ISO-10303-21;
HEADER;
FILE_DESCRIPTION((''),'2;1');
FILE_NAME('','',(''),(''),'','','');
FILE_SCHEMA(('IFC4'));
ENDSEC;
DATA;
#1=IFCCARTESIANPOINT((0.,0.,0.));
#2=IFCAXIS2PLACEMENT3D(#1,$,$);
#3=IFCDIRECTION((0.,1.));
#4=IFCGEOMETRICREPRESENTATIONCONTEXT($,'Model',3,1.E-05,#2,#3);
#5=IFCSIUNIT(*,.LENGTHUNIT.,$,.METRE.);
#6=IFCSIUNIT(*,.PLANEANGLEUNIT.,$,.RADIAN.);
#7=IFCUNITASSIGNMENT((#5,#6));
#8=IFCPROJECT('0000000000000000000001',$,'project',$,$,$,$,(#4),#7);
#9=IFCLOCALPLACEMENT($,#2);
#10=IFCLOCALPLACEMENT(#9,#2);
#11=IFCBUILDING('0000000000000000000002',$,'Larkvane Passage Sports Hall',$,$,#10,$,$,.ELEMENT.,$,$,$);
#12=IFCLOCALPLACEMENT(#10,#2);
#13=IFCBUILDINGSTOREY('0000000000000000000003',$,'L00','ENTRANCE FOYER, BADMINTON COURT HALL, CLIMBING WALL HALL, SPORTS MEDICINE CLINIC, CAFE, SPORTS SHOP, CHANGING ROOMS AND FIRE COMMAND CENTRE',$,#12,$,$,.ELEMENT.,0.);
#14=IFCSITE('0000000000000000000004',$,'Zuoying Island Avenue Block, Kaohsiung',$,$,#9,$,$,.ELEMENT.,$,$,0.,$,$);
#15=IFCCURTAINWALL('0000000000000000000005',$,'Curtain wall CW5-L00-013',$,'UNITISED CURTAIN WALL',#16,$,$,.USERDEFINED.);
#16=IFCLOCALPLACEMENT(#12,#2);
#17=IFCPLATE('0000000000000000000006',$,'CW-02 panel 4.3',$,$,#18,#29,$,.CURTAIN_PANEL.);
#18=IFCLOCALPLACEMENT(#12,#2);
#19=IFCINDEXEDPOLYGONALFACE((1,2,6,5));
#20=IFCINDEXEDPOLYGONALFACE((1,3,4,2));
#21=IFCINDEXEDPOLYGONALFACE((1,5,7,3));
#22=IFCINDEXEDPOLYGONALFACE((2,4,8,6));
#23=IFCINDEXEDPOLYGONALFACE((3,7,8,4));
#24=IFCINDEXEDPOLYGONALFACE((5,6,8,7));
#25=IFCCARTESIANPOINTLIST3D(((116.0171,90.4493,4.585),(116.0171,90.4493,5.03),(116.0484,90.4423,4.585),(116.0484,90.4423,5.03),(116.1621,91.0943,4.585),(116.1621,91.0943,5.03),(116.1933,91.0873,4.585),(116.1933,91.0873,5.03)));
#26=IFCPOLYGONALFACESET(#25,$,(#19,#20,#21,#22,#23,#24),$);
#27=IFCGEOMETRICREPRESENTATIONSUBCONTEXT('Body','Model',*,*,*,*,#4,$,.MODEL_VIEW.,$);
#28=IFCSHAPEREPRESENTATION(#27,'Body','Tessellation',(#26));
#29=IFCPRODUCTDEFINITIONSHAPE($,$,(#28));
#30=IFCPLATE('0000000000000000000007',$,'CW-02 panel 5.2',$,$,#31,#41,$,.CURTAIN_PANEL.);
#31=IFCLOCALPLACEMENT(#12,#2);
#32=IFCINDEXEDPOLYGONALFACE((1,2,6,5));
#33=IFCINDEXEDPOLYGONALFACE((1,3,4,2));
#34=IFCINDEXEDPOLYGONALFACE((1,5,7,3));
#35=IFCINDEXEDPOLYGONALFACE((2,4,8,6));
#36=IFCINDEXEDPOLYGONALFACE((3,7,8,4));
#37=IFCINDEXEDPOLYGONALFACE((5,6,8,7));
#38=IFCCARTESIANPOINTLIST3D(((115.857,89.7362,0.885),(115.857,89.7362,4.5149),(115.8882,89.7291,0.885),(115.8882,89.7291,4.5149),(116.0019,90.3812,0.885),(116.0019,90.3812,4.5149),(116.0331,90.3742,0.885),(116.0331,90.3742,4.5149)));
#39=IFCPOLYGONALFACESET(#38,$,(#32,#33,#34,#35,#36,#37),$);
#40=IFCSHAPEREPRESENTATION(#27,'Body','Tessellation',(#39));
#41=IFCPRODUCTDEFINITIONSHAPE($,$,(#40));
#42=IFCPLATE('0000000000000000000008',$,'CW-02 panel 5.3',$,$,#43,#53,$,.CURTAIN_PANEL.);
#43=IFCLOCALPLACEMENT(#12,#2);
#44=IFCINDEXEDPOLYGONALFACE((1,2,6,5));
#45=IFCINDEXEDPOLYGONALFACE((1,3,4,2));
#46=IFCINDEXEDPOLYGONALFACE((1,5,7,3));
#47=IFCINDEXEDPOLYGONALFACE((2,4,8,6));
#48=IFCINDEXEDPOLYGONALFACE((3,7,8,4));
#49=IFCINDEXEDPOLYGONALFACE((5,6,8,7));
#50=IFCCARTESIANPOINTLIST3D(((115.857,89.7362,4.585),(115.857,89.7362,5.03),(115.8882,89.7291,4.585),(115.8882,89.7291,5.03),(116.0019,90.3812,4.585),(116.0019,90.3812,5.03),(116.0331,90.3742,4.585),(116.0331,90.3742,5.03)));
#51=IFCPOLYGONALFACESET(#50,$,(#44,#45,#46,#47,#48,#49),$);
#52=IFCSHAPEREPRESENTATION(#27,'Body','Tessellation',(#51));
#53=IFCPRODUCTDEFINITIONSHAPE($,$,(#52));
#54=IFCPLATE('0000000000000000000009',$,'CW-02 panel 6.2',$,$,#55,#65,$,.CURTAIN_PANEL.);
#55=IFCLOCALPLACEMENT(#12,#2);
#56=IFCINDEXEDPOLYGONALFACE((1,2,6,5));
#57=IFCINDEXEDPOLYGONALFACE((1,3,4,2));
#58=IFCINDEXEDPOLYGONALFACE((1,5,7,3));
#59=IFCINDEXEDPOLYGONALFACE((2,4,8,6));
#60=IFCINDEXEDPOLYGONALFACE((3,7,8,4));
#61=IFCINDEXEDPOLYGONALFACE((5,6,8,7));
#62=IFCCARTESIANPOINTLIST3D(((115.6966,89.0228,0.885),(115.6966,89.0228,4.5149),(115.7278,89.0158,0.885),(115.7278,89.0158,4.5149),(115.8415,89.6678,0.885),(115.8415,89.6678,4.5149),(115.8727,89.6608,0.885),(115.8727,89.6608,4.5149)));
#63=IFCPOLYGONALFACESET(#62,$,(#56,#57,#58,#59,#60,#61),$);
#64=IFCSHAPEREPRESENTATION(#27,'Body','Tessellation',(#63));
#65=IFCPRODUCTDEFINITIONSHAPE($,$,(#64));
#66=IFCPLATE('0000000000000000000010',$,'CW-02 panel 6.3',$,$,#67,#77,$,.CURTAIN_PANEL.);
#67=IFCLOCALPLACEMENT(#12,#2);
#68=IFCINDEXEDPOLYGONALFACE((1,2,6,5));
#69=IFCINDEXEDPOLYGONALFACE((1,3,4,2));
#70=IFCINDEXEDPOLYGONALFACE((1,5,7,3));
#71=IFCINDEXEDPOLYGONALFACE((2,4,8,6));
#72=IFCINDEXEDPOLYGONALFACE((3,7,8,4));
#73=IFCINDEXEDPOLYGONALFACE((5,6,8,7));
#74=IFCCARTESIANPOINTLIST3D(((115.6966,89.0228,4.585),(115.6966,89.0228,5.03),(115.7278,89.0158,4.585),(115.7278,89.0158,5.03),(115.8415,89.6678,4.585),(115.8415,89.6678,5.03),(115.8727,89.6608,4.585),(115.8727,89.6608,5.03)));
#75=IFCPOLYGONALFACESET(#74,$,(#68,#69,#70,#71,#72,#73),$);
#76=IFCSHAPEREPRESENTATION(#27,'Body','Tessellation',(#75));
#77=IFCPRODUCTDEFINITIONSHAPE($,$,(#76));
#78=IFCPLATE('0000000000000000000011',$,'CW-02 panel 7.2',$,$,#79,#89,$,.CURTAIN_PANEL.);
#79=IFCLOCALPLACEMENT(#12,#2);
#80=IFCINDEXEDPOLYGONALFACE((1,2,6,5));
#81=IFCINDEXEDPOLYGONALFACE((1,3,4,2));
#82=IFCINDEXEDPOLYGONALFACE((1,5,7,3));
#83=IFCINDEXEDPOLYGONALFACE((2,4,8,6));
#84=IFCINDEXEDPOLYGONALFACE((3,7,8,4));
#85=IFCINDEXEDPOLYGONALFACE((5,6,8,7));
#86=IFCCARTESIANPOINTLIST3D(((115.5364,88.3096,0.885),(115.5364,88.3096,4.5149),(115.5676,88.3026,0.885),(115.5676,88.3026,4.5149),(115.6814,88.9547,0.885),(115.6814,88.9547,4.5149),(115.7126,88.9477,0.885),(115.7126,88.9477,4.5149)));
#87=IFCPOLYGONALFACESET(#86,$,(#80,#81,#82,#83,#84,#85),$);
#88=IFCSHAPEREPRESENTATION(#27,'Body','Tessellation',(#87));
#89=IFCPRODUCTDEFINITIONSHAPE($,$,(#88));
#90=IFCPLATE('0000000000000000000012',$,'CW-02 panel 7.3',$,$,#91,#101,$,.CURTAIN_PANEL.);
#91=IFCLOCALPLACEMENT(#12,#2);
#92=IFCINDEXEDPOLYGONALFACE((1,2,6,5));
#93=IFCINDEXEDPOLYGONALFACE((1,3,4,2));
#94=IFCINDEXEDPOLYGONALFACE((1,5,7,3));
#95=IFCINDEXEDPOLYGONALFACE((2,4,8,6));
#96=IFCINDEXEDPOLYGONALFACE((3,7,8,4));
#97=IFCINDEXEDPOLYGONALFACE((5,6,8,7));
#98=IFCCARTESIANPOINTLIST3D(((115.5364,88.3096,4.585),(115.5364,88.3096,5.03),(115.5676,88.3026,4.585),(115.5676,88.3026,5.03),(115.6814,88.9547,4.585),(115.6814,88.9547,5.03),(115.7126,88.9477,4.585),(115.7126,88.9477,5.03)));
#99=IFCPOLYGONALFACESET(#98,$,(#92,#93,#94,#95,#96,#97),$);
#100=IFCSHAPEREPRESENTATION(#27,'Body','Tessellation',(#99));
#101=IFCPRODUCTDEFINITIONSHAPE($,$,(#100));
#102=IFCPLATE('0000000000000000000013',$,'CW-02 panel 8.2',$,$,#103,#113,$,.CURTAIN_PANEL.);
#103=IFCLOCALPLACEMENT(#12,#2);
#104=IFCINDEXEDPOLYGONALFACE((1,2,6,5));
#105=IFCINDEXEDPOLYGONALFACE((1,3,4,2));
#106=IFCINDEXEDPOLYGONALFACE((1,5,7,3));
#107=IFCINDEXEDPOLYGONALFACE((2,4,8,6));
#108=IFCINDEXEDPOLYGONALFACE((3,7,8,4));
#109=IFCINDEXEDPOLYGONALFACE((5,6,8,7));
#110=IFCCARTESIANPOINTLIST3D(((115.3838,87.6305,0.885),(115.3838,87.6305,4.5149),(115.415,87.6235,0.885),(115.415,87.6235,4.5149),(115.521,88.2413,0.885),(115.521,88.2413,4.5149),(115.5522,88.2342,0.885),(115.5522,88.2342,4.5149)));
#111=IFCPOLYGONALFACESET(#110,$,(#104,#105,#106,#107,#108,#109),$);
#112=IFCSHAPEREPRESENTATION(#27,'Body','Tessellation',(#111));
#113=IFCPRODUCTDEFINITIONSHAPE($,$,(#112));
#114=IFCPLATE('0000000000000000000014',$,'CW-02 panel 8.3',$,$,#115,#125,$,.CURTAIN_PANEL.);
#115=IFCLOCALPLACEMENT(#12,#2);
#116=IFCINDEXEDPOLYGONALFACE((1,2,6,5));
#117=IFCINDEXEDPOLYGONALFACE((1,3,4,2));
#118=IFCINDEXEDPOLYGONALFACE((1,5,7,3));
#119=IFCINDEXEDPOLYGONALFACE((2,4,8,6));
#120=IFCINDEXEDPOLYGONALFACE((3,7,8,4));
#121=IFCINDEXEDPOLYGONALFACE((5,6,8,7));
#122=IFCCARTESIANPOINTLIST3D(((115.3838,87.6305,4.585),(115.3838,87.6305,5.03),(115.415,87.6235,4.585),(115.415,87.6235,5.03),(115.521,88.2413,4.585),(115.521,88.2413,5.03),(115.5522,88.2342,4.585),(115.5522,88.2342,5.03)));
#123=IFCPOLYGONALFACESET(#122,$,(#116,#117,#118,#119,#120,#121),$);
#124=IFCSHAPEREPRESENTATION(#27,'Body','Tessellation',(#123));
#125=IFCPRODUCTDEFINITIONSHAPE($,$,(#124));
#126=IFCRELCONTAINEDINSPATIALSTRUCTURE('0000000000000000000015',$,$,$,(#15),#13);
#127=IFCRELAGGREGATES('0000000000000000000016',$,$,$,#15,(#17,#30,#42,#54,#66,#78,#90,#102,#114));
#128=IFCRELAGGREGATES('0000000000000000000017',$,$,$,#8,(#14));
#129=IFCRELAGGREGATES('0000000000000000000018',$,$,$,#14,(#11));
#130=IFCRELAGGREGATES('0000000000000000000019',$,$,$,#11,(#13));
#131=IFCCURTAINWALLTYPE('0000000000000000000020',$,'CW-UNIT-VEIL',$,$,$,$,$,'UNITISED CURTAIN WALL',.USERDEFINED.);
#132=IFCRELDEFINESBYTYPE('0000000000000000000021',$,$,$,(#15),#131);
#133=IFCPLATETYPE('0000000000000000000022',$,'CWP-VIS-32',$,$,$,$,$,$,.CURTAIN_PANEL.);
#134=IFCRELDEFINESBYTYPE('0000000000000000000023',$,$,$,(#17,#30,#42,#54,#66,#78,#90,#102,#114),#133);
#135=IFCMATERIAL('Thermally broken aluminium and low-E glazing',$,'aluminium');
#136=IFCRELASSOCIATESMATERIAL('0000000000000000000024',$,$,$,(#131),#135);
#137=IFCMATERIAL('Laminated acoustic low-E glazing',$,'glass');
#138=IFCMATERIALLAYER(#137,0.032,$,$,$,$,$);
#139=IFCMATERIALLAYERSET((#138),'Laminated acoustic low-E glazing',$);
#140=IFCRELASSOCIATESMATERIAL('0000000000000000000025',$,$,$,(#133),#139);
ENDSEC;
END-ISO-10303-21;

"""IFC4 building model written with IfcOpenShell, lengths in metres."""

from ifc_helpers import new_model, si_unit, direction, frame, origin, origin_2d, place, context, subcontext, project, spatial, rectangle, extrude, material, layer, layer_set, type_object, element, aggregate, save


model = new_model("IFC4")

# Units and contexts
model_context = context("Model", 3, precision=1e-05, world=origin(), true_north=direction((0.0, 1.0)))
body_context = subcontext(model_context, "Body", "Model", "MODEL_VIEW")
ifc_project = project(units=[si_unit("LENGTHUNIT", "METRE"), si_unit("PLANEANGLEUNIT", "RADIAN")], contexts=[model_context])

# Site, building, storey
site_placement = place(None, origin())
site = spatial("IfcSite", under=ifc_project, at=site_placement, Name="Zuoying Island Avenue Block, Kaohsiung", CompositionType="ELEMENT", RefElevation=0.0)
building_placement = place(site_placement, origin())
building = spatial("IfcBuilding", under=site, at=building_placement, Name="Larkvane Passage Sports Hall", CompositionType="ELEMENT")
storey_placement = place(building_placement, origin())
storey = spatial("IfcBuildingStorey", under=building, at=storey_placement, Name="L00", Description="ENTRANCE FOYER, BADMINTON COURT HALL, CLIMBING WALL HALL, SPORTS MEDICINE CLINIC, CAFE, SPORTS SHOP, CHANGING ROOMS AND FIRE COMMAND CENTRE", CompositionType="ELEMENT", Elevation=0.0)

# Curtain wall, plates
ifc_material_1 = material(Name="Thermally broken aluminium and low-E glazing", Category="aluminium")
curtain_wall_type = type_object("IfcCurtainWallType", Name="CW-UNIT-VEIL", ElementType="UNITISED CURTAIN WALL", PredefinedType="USERDEFINED", material=ifc_material_1)
curtain_wall_placement = place(storey_placement, origin())
curtain_wall = element("IfcCurtainWall", 1, at=curtain_wall_placement, inside=storey, type_object=curtain_wall_type, Name="Curtain wall CW5-L00-013", ObjectType="UNITISED CURTAIN WALL", PredefinedType="USERDEFINED")
ifc_material_2 = material(Name="Laminated acoustic low-E glazing", Category="glass")
ifc_layer = layer(ifc_material_2, 0.032)
ifc_layer_set = layer_set([ifc_layer], Name="Laminated acoustic low-E glazing")
plate_type = type_object("IfcPlateType", Name="CWP-VIS-32", PredefinedType="CURTAIN_PANEL", material=ifc_layer_set)
plate_1_placement = place(storey_placement, frame((116.1052, 90.7683, 4.585), z_axis=(0.0, 0.0, 1.0), x_axis=(-0.219244, -0.97567, 0.0)))
plate_1 = element("IfcPlate", 2, at=plate_1_placement, type_object=plate_type, Name="CW-02 panel 4.3", PredefinedType="CURTAIN_PANEL", context=body_context, shape_type="SweptSolid", body=[
    extrude(rectangle(XDim=0.6611, YDim=0.032, at=origin_2d()), origin(), (0.0, 0.0, 1.0), 0.4451),
])
plate_2_placement = place(storey_placement, frame((115.9451, 90.0552, 0.885), z_axis=(0.0, 0.0, 1.0), x_axis=(-0.219244, -0.97567, 0.0)))
plate_2 = element("IfcPlate", 3, at=plate_2_placement, type_object=plate_type, Name="CW-02 panel 5.2", PredefinedType="CURTAIN_PANEL", context=body_context, shape_type="SweptSolid", body=[
    extrude(rectangle(XDim=0.6611, YDim=0.032, at=origin_2d()), origin(), (0.0, 0.0, 1.0), 3.6299),
])
plate_3_placement = place(storey_placement, frame((115.9451, 90.0552, 4.585), z_axis=(0.0, 0.0, 1.0), x_axis=(-0.219244, -0.97567, 0.0)))
plate_3 = element("IfcPlate", 4, at=plate_3_placement, type_object=plate_type, Name="CW-02 panel 5.3", PredefinedType="CURTAIN_PANEL", context=body_context, shape_type="SweptSolid", body=[
    extrude(rectangle(XDim=0.6611, YDim=0.032, at=origin_2d()), origin(), (0.0, 0.0, 1.0), 0.4451),
])
plate_4_placement = place(storey_placement, frame((115.7847, 89.3418, 0.885), z_axis=(0.0, 0.0, 1.0), x_axis=(-0.219244, -0.97567, 0.0)))
plate_4 = element("IfcPlate", 5, at=plate_4_placement, type_object=plate_type, Name="CW-02 panel 6.2", PredefinedType="CURTAIN_PANEL", context=body_context, shape_type="SweptSolid", body=[
    extrude(rectangle(XDim=0.6611, YDim=0.032, at=origin_2d()), origin(), (0.0, 0.0, 1.0), 3.6299),
])
plate_5_placement = place(storey_placement, frame((115.7847, 89.3418, 4.585), z_axis=(0.0, 0.0, 1.0), x_axis=(-0.219244, -0.97567, 0.0)))
plate_5 = element("IfcPlate", 6, at=plate_5_placement, type_object=plate_type, Name="CW-02 panel 6.3", PredefinedType="CURTAIN_PANEL", context=body_context, shape_type="SweptSolid", body=[
    extrude(rectangle(XDim=0.6611, YDim=0.032, at=origin_2d()), origin(), (0.0, 0.0, 1.0), 0.4451),
])
plate_6_placement = place(storey_placement, frame((115.6245, 88.6287, 0.885), z_axis=(0.0, 0.0, 1.0), x_axis=(-0.219244, -0.97567, 0.0)))
plate_6 = element("IfcPlate", 7, at=plate_6_placement, type_object=plate_type, Name="CW-02 panel 7.2", PredefinedType="CURTAIN_PANEL", context=body_context, shape_type="SweptSolid", body=[
    extrude(rectangle(XDim=0.6611, YDim=0.032, at=origin_2d()), origin(), (0.0, 0.0, 1.0), 3.6299),
])
plate_7_placement = place(storey_placement, frame((115.6245, 88.6287, 4.585), z_axis=(0.0, 0.0, 1.0), x_axis=(-0.219244, -0.97567, 0.0)))
plate_7 = element("IfcPlate", 8, at=plate_7_placement, type_object=plate_type, Name="CW-02 panel 7.3", PredefinedType="CURTAIN_PANEL", context=body_context, shape_type="SweptSolid", body=[
    extrude(rectangle(XDim=0.6611, YDim=0.032, at=origin_2d()), origin(), (0.0, 0.0, 1.0), 0.4451),
])
plate_8_placement = place(storey_placement, frame((115.468, 87.9324, 0.885), z_axis=(0.0, 0.0, 1.0), x_axis=(-0.219244, -0.97567, 0.0)))
plate_8 = element("IfcPlate", 9, at=plate_8_placement, type_object=plate_type, Name="CW-02 panel 8.2", PredefinedType="CURTAIN_PANEL", context=body_context, shape_type="SweptSolid", body=[
    extrude(rectangle(XDim=0.626, YDim=0.032, at=origin_2d()), origin(), (0.0, 0.0, 1.0), 3.6299),
])
plate_9_placement = place(storey_placement, frame((115.468, 87.9324, 4.585), z_axis=(0.0, 0.0, 1.0), x_axis=(-0.219244, -0.97567, 0.0)))
plate_9 = element("IfcPlate", 10, at=plate_9_placement, type_object=plate_type, Name="CW-02 panel 8.3", PredefinedType="CURTAIN_PANEL", context=body_context, shape_type="SweptSolid", body=[
    extrude(rectangle(XDim=0.626, YDim=0.032, at=origin_2d()), origin(), (0.0, 0.0, 1.0), 0.4451),
])
aggregate(curtain_wall, [plate_1, plate_2, plate_3, plate_4, plate_5, plate_6, plate_7, plate_8, plate_9])

save(model, "model.ifc")
